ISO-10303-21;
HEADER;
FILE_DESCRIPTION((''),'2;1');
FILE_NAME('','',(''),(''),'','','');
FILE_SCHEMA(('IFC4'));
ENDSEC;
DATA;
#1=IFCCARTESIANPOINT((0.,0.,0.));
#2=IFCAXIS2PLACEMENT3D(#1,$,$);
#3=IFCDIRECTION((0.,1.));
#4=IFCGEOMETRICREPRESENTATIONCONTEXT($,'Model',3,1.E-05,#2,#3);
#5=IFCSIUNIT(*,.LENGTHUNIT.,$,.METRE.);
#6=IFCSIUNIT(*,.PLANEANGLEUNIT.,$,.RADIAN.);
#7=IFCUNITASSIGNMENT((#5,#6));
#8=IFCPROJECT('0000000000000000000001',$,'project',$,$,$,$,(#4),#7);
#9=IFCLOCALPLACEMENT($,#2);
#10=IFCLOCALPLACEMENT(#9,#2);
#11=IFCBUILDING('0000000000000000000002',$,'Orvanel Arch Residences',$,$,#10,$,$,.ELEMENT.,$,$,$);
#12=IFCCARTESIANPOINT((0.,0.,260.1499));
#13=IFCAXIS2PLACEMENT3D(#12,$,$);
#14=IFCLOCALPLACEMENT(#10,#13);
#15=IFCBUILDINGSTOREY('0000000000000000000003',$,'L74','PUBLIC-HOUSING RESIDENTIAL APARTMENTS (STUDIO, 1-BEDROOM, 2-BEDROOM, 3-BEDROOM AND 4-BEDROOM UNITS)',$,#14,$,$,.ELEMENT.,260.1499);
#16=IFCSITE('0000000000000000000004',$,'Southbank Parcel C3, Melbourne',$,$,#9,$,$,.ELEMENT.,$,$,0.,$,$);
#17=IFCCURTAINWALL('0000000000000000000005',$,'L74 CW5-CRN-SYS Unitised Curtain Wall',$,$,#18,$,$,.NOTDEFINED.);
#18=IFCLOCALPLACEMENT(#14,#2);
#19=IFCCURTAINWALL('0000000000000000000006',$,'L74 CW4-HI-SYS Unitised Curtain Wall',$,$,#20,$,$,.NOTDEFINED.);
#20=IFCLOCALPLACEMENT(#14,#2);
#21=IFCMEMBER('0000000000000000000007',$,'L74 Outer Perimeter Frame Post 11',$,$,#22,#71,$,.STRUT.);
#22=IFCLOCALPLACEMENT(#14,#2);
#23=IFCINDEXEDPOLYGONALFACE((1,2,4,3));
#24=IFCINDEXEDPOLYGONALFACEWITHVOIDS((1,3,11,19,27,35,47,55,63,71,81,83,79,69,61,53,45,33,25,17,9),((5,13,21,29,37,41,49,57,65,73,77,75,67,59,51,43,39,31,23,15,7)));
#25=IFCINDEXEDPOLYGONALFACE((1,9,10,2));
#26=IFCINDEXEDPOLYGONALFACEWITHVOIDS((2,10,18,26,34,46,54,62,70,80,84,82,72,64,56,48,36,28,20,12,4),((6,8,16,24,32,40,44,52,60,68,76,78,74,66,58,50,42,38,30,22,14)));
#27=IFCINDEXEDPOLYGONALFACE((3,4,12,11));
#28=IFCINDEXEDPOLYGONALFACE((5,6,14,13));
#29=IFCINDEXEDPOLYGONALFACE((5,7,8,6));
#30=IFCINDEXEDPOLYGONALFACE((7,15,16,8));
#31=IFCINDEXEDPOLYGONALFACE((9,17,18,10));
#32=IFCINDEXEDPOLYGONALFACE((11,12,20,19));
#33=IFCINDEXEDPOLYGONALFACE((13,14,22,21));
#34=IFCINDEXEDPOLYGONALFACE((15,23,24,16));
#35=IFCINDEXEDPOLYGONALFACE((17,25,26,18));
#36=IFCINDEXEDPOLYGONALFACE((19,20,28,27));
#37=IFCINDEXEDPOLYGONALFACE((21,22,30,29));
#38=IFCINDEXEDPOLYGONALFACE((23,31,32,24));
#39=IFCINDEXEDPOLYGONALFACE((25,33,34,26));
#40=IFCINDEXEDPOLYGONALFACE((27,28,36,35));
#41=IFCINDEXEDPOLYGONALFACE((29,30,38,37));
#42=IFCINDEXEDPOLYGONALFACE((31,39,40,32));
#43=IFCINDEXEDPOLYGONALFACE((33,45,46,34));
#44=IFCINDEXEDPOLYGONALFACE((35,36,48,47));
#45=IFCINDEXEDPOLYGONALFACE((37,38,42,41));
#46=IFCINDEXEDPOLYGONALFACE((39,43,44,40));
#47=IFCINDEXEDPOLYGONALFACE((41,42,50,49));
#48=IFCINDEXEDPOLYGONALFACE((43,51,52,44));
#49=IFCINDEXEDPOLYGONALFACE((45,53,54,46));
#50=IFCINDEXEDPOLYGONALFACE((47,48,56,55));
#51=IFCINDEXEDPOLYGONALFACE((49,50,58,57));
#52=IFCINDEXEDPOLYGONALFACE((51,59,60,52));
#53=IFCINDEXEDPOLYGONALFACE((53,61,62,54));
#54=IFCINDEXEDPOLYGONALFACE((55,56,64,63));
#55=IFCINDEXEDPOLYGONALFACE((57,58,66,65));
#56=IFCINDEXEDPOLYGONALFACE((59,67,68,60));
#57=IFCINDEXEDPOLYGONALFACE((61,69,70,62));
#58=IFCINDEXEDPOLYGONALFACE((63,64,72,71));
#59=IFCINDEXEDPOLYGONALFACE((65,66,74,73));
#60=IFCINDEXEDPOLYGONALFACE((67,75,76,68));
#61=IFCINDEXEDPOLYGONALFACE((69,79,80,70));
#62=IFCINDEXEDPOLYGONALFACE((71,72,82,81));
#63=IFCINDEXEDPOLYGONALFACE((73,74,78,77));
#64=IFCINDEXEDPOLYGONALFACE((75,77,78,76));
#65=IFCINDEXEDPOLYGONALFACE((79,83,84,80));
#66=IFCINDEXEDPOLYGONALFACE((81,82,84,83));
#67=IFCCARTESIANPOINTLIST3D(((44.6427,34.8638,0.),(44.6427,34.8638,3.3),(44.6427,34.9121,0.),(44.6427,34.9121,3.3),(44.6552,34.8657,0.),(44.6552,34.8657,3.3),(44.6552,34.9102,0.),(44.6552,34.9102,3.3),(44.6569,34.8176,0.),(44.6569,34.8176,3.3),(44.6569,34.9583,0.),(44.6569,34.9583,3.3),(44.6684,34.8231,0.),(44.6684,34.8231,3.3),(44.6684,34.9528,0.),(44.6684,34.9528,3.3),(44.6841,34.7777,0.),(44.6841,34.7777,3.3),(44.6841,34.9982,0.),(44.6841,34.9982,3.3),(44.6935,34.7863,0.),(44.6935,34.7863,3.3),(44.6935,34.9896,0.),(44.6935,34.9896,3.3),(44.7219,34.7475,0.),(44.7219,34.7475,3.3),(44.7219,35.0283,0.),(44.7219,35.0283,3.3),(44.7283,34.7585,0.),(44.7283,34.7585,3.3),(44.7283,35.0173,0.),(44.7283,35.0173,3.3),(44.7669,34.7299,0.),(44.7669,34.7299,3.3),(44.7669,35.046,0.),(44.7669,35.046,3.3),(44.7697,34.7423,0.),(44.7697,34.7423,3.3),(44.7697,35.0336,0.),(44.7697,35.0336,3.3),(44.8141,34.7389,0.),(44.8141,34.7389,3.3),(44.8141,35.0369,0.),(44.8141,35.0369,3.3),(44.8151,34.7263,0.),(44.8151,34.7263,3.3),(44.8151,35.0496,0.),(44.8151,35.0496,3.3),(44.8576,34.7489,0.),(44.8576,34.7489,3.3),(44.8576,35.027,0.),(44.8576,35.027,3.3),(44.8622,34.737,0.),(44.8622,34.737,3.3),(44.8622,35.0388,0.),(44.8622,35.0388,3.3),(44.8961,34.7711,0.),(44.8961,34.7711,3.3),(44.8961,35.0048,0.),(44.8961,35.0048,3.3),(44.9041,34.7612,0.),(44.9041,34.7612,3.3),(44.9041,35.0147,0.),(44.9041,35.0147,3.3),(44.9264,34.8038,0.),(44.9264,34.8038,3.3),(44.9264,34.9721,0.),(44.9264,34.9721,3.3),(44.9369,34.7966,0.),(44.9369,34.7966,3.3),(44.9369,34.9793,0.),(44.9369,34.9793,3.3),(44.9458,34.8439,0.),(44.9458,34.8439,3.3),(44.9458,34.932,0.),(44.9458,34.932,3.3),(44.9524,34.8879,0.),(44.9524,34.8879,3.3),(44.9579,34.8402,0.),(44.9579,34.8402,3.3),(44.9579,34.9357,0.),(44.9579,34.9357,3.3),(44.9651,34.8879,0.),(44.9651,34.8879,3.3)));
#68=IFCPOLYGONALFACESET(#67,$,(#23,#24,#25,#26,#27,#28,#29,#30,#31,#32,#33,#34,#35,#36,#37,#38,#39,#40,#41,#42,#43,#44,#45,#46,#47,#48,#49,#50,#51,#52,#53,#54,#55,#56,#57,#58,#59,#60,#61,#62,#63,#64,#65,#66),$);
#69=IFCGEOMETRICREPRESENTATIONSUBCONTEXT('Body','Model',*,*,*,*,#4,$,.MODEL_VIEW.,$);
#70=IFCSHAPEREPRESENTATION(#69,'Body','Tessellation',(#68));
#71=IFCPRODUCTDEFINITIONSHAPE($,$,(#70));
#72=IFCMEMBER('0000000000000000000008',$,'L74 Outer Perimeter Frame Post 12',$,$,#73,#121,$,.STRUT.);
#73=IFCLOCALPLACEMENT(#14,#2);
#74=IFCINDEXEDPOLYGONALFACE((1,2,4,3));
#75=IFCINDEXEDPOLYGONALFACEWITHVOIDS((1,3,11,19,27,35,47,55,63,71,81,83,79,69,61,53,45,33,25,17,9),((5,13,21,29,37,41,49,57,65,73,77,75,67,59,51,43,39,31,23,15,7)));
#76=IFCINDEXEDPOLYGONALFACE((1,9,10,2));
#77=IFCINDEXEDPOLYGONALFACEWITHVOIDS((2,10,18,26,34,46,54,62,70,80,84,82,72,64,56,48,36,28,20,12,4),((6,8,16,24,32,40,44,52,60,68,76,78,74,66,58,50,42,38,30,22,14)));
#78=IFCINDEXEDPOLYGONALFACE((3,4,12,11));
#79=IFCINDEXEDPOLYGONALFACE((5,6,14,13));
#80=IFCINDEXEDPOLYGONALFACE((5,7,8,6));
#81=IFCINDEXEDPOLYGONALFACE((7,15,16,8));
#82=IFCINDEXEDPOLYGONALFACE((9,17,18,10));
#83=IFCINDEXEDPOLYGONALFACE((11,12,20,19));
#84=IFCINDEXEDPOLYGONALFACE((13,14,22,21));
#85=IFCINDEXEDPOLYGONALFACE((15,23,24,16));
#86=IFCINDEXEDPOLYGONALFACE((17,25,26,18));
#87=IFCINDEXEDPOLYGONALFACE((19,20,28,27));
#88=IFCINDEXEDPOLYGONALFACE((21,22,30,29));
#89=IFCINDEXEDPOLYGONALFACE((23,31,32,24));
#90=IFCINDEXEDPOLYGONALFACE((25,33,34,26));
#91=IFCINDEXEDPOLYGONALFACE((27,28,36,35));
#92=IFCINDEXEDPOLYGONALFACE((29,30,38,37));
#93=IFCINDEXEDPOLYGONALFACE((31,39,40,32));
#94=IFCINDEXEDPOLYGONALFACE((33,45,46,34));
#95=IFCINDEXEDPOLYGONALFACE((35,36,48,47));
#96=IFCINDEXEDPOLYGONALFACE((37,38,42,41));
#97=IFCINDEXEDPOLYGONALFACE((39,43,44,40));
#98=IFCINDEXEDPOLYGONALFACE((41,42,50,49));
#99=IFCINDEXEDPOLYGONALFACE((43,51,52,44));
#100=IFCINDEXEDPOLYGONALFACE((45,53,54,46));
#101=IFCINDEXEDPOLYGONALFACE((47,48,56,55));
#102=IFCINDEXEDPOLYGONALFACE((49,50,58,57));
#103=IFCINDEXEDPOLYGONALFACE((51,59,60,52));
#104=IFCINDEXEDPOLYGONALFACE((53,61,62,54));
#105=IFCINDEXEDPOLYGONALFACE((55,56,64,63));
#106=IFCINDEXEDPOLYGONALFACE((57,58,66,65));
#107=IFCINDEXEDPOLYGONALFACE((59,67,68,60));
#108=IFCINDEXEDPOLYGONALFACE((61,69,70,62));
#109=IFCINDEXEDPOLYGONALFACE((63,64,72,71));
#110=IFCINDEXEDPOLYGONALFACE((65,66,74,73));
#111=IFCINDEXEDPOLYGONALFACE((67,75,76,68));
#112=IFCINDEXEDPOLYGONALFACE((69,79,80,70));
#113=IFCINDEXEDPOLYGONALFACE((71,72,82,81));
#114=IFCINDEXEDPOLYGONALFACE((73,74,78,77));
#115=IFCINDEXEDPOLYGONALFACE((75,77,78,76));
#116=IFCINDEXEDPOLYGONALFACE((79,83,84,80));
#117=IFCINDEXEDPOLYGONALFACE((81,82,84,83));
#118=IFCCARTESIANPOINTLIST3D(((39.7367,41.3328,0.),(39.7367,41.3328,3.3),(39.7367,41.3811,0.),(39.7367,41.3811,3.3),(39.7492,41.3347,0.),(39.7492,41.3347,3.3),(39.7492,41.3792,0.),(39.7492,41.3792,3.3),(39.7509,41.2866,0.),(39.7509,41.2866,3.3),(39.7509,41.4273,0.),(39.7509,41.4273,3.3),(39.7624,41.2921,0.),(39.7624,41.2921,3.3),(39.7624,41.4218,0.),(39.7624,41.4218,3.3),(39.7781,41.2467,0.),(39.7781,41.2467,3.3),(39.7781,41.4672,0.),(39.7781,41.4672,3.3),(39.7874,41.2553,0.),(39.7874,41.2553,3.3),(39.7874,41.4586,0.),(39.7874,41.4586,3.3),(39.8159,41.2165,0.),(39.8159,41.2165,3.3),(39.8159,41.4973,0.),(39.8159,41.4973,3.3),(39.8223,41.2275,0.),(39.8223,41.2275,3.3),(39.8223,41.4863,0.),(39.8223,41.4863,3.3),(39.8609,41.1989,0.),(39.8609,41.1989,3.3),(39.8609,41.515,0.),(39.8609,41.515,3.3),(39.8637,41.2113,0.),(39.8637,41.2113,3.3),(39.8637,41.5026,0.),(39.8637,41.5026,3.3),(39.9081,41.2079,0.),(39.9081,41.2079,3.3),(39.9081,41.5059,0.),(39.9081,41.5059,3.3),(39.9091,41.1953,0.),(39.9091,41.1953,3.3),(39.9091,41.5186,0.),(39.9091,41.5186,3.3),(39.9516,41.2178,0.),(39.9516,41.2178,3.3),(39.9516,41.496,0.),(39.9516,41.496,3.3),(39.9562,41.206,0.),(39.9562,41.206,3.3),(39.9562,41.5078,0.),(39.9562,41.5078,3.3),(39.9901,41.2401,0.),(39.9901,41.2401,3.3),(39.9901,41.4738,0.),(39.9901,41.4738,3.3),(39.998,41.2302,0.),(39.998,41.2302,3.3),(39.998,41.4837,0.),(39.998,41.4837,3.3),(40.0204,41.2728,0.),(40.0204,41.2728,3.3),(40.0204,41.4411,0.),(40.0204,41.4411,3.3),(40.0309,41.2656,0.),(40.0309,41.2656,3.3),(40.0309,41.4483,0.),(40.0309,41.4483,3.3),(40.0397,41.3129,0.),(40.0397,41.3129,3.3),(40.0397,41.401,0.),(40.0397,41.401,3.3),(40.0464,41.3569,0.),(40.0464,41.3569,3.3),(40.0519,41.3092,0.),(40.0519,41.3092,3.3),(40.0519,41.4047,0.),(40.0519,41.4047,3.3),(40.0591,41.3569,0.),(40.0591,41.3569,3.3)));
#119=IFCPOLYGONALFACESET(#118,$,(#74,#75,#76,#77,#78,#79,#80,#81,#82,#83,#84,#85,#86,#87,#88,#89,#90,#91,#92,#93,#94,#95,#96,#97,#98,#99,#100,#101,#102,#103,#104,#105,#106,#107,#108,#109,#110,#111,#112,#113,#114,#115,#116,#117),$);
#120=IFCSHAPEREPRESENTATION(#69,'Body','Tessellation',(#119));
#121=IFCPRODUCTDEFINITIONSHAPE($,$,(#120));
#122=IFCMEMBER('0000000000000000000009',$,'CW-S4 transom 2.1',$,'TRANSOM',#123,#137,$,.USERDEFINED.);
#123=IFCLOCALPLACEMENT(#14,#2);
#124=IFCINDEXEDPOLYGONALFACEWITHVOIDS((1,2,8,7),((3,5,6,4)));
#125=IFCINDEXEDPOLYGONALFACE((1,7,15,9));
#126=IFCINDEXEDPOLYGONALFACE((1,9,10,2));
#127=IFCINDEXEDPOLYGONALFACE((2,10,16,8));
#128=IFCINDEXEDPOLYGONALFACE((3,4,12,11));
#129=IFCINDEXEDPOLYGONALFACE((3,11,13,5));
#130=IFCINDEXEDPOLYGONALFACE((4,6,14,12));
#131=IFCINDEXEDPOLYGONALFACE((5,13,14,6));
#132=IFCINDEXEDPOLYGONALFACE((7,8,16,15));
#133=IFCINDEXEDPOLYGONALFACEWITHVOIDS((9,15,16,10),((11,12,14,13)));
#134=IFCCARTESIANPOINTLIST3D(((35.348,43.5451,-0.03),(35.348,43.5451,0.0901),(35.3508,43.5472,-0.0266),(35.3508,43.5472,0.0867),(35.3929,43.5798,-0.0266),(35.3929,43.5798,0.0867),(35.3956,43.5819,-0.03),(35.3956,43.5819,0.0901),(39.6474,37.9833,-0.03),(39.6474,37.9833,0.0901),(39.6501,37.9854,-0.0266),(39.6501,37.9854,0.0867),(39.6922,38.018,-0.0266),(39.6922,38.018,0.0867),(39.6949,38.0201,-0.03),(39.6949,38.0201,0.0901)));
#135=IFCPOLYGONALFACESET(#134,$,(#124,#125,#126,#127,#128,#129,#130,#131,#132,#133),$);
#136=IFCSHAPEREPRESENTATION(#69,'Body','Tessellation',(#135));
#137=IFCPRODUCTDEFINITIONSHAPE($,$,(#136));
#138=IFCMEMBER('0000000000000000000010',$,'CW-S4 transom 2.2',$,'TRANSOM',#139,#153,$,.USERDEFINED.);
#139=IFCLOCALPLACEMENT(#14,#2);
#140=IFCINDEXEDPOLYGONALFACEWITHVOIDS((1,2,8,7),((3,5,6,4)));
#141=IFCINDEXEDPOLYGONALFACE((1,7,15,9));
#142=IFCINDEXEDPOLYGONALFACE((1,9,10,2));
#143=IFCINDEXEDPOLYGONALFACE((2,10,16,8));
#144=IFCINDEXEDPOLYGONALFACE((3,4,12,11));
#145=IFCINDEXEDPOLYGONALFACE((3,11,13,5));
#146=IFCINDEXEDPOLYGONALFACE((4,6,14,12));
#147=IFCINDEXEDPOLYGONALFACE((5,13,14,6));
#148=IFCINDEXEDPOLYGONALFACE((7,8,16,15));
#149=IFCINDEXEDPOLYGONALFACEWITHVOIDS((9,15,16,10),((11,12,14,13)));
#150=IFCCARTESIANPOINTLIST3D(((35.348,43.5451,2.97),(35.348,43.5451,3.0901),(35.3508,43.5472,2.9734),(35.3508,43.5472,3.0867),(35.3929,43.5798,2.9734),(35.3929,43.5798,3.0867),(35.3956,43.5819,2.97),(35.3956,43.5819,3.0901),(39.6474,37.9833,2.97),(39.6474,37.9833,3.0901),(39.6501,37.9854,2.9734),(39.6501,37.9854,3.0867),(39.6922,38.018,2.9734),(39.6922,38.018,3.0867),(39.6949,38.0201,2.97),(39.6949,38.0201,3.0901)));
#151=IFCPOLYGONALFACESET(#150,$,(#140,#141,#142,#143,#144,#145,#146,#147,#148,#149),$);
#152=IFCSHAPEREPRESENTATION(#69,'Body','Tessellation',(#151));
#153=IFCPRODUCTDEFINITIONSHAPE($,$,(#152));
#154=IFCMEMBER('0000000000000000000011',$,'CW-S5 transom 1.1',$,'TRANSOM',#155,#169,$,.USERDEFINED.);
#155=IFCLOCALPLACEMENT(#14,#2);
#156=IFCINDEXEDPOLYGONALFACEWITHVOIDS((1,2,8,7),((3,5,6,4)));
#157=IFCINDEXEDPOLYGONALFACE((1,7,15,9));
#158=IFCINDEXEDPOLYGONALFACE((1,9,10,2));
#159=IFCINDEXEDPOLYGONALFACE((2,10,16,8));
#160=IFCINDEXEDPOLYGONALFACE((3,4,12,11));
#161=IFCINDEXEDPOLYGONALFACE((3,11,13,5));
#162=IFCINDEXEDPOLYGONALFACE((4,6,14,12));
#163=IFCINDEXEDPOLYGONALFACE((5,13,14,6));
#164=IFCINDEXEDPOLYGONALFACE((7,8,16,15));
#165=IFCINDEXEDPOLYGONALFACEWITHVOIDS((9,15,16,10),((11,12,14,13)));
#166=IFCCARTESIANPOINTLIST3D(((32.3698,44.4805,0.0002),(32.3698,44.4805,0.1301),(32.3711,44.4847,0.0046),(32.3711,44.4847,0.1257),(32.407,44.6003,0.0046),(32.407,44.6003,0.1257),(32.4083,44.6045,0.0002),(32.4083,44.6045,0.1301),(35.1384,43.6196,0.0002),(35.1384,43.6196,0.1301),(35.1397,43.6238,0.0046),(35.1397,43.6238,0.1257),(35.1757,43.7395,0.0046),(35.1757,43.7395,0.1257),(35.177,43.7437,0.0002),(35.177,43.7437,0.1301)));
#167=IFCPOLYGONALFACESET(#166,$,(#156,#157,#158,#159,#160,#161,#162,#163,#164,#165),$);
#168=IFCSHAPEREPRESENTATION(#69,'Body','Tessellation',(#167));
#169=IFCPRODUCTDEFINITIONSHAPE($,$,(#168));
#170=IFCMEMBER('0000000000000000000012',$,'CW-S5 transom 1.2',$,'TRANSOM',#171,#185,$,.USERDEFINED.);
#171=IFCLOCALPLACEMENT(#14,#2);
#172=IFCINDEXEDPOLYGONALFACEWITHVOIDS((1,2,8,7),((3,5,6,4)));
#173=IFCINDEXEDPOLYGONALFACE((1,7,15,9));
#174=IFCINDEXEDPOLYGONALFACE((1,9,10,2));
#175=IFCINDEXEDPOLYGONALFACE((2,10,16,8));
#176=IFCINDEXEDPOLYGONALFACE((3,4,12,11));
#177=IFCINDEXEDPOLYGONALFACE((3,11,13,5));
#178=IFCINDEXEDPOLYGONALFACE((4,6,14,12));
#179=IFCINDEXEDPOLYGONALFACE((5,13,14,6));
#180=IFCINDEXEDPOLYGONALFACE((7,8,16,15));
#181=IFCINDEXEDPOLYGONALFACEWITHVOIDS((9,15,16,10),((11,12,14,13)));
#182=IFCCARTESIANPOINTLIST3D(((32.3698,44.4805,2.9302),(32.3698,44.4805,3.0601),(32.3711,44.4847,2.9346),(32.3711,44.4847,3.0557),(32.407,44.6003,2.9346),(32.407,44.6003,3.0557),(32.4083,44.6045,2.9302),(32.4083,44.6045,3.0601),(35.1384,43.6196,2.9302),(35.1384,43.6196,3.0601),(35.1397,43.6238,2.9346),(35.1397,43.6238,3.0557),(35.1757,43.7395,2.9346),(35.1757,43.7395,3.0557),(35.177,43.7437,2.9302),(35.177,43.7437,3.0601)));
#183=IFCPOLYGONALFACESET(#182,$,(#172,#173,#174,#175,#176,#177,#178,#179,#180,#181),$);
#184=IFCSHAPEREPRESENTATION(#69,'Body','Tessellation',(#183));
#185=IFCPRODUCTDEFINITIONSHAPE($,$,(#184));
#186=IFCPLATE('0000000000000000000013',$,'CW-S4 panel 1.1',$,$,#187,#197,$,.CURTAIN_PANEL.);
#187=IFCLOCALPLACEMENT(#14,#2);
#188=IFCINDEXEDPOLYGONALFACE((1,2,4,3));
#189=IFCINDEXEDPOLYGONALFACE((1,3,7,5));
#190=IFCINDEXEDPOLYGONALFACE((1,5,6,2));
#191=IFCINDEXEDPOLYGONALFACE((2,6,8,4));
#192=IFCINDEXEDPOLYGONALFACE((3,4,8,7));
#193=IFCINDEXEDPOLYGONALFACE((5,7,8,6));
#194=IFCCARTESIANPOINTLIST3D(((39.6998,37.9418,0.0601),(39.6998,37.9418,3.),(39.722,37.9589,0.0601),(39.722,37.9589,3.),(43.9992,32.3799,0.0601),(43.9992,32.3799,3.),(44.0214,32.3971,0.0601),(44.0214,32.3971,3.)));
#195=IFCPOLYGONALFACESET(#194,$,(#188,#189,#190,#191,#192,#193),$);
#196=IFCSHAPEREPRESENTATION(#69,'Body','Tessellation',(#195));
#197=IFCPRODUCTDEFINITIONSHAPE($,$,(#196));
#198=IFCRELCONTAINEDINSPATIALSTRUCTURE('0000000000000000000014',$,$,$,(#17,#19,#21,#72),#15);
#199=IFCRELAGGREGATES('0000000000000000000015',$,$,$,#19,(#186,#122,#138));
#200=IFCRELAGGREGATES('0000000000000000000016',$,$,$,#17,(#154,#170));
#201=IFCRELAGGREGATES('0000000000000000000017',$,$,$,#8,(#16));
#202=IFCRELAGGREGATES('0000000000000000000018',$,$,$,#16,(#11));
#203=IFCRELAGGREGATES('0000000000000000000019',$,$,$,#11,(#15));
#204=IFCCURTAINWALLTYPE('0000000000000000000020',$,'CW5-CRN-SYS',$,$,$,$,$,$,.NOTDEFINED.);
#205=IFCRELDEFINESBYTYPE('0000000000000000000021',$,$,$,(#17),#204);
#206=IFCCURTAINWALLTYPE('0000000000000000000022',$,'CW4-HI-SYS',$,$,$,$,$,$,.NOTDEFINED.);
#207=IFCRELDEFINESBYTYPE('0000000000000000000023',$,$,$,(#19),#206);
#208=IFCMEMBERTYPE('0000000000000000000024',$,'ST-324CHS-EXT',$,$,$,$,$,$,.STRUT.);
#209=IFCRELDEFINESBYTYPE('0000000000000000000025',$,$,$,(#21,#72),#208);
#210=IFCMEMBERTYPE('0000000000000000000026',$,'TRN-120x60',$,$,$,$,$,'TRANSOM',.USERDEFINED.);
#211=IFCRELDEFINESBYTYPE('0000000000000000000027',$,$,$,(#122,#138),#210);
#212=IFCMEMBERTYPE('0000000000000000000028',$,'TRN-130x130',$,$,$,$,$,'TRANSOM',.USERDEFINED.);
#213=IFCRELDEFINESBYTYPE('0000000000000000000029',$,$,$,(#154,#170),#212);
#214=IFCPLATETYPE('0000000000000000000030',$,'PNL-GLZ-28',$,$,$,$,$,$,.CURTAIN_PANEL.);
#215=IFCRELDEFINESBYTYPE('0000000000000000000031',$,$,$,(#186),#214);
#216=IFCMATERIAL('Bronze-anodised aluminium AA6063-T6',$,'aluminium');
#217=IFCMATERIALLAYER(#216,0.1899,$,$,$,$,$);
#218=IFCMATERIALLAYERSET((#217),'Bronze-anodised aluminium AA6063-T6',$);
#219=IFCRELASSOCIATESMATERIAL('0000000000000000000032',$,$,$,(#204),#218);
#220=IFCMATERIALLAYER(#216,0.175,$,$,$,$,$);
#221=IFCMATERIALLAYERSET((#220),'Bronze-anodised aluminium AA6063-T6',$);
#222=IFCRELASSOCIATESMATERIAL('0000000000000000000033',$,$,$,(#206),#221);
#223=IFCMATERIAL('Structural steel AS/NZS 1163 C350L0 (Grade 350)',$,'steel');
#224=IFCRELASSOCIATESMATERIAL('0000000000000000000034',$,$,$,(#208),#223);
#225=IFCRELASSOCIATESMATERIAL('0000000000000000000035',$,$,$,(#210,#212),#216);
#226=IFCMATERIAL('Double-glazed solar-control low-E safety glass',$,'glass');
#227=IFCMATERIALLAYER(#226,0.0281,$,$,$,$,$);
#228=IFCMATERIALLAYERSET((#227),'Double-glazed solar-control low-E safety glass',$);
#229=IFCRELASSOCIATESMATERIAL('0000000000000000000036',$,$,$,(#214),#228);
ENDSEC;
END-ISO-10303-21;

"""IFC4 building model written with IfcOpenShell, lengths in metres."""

from ifc_helpers import new_model, si_unit, direction, frame, origin, origin_2d, place, context, subcontext, project, spatial, rectangle, hollow_rectangle, hollow_circle, extrude, material, layer, layer_set, material_profile, profile_set, type_object, element, aggregate, save


model = new_model("IFC4")

# Units and contexts
model_context = context("Model", 3, precision=1e-05, world=origin(), true_north=direction((0.0, 1.0)))
body_context = subcontext(model_context, "Body", "Model", "MODEL_VIEW")
ifc_project = project(units=[si_unit("LENGTHUNIT", "METRE"), si_unit("PLANEANGLEUNIT", "RADIAN")], contexts=[model_context])

# Site, building, storey
site_placement = place(None, origin())
site = spatial("IfcSite", under=ifc_project, at=site_placement, Name="Southbank Parcel C3, Melbourne", CompositionType="ELEMENT", RefElevation=0.0)
building_placement = place(site_placement, origin())
building = spatial("IfcBuilding", under=site, at=building_placement, Name="Orvanel Arch Residences", CompositionType="ELEMENT")
storey_placement = place(building_placement, frame((0.0, 0.0, 260.1499)))
storey = spatial("IfcBuildingStorey", under=building, at=storey_placement, Name="L74", Description="PUBLIC-HOUSING RESIDENTIAL APARTMENTS (STUDIO, 1-BEDROOM, 2-BEDROOM, 3-BEDROOM AND 4-BEDROOM UNITS)", CompositionType="ELEMENT", Elevation=260.1499)

# Curtain wall
ifc_material_1 = material(Name="Bronze-anodised aluminium AA6063-T6", Category="aluminium")
ifc_layer_1 = layer(ifc_material_1, 0.1899)
ifc_layer_set_1 = layer_set([ifc_layer_1], Name="Bronze-anodised aluminium AA6063-T6")
curtain_wall_type_1 = type_object("IfcCurtainWallType", Name="CW5-CRN-SYS", PredefinedType="NOTDEFINED", material=ifc_layer_set_1)
curtain_wall_1_placement = place(storey_placement, origin())
curtain_wall_1 = element("IfcCurtainWall", 1, at=curtain_wall_1_placement, inside=storey, type_object=curtain_wall_type_1, Name="L74 CW5-CRN-SYS Unitised Curtain Wall", PredefinedType="NOTDEFINED")

# Curtain wall
ifc_layer_2 = layer(ifc_material_1, 0.175)
ifc_layer_set_2 = layer_set([ifc_layer_2], Name="Bronze-anodised aluminium AA6063-T6")
curtain_wall_type_2 = type_object("IfcCurtainWallType", Name="CW4-HI-SYS", PredefinedType="NOTDEFINED", material=ifc_layer_set_2)
curtain_wall_2_placement = place(storey_placement, origin())
curtain_wall_2 = element("IfcCurtainWall", 2, at=curtain_wall_2_placement, inside=storey, type_object=curtain_wall_type_2, Name="L74 CW4-HI-SYS Unitised Curtain Wall", PredefinedType="NOTDEFINED")

# Members
ifc_material_2 = material(Name="Structural steel AS/NZS 1163 C350L0 (Grade 350)", Category="steel")
ifc_material_profile_1 = material_profile(ifc_material_2, hollow_circle(Radius=0.1621, WallThickness=0.0127, at=origin_2d()), Name="CHS324x12.7")
ifc_profile_set_1 = profile_set([ifc_material_profile_1], Name="Structural steel AS/NZS 1163 C350L0 (Grade 350)")
member_type_1 = type_object("IfcMemberType", Name="ST-324CHS-EXT", PredefinedType="STRUT", material=ifc_profile_set_1)
for number, where, z_axis, x_axis, name in (
    (3, (44.803, 34.8879, 0.0), (0.0, 0.0, 1.0), (1.0, 0.0, 0.0), "L74 Outer Perimeter Frame Post 11"),
    (4, (39.897, 41.3569, 0.0), (0.0, 0.0, 1.0), (1.0, 0.0, 0.0), "L74 Outer Perimeter Frame Post 12"),
):
    element("IfcMember", number, at=place(storey_placement, frame(where, z_axis=z_axis, x_axis=x_axis)), inside=storey, type_object=member_type_1, Name=name, PredefinedType="STRUT", context=body_context, shape_type="SweptSolid", body=[
        extrude(hollow_circle(Radius=0.1621, WallThickness=0.0127, at=origin_2d()), origin(), (0.0, 0.0, 1.0), 3.3),
    ])

# Members
ifc_material_profile_2 = material_profile(ifc_material_1, hollow_rectangle(XDim=0.0601, YDim=0.1201, WallThickness=0.0034, at=origin_2d()), Name="ALU120x60x3.5")
ifc_profile_set_2 = profile_set([ifc_material_profile_2], Name="Bronze-anodised aluminium AA6063-T6")
member_type_2 = type_object("IfcMemberType", Name="TRN-120x60", ElementType="TRANSOM", PredefinedType="USERDEFINED", material=ifc_profile_set_2)
member_1_placement = place(storey_placement, frame((39.6711, 38.0017, 0.03), z_axis=(-0.611589, 0.791176, 0.0), x_axis=(-0.791176, -0.611589, 0.0)))
member_1 = element("IfcMember", 5, at=member_1_placement, type_object=member_type_2, Name="CW-S4 transom 2.1", ObjectType="TRANSOM", PredefinedType="USERDEFINED", context=body_context, shape_type="SweptSolid", body=[
    extrude(hollow_rectangle(XDim=0.0601, YDim=0.1201, WallThickness=0.0034, at=origin_2d()), origin(), (0.0, 0.0, 1.0), 7.0298),
])
member_2_placement = place(storey_placement, frame((39.6711, 38.0017, 3.03), z_axis=(-0.611589, 0.791176, 0.0), x_axis=(-0.791176, -0.611589, 0.0)))
member_2 = element("IfcMember", 6, at=member_2_placement, type_object=member_type_2, Name="CW-S4 transom 2.2", ObjectType="TRANSOM", PredefinedType="USERDEFINED", context=body_context, shape_type="SweptSolid", body=[
    extrude(hollow_rectangle(XDim=0.0601, YDim=0.1201, WallThickness=0.0034, at=origin_2d()), origin(), (0.0, 0.0, 1.0), 7.0298),
])
ifc_material_profile_3 = material_profile(ifc_material_1, hollow_rectangle(XDim=0.1299, YDim=0.1299, WallThickness=0.0044, at=origin_2d()), Name="ALU130x130x4.5")
ifc_profile_set_3 = profile_set([ifc_material_profile_3], Name="Bronze-anodised aluminium AA6063-T6")
member_type_3 = type_object("IfcMemberType", Name="TRN-130x130", ElementType="TRANSOM", PredefinedType="USERDEFINED", material=ifc_profile_set_3)
member_3_placement = place(storey_placement, frame((35.1577, 43.6816, 0.0652), z_axis=(-0.954905, 0.296913, 0.0), x_axis=(-0.296913, -0.954905, 0.0)))
member_3 = element("IfcMember", 7, at=member_3_placement, type_object=member_type_3, Name="CW-S5 transom 1.1", ObjectType="TRANSOM", PredefinedType="USERDEFINED", context=body_context, shape_type="SweptSolid", body=[
    extrude(hollow_rectangle(XDim=0.1299, YDim=0.1299, WallThickness=0.0044, at=origin_2d()), origin(), (0.0, 0.0, 1.0), 2.8994),
])
member_4_placement = place(storey_placement, frame((35.1577, 43.6816, 2.9951), z_axis=(-0.954905, 0.296913, 0.0), x_axis=(-0.296913, -0.954905, 0.0)))
member_4 = element("IfcMember", 8, at=member_4_placement, type_object=member_type_3, Name="CW-S5 transom 1.2", ObjectType="TRANSOM", PredefinedType="USERDEFINED", context=body_context, shape_type="SweptSolid", body=[
    extrude(hollow_rectangle(XDim=0.1299, YDim=0.1299, WallThickness=0.0044, at=origin_2d()), origin(), (0.0, 0.0, 1.0), 2.8994),
])

# Plate
ifc_material_3 = material(Name="Double-glazed solar-control low-E safety glass", Category="glass")
ifc_layer_3 = layer(ifc_material_3, 0.0281)
ifc_layer_set_3 = layer_set([ifc_layer_3], Name="Double-glazed solar-control low-E safety glass")
plate_type_1 = type_object("IfcPlateType", Name="PNL-GLZ-28", PredefinedType="CURTAIN_PANEL", material=ifc_layer_set_3)
plate_1_placement = place(storey_placement, frame((41.8606, 35.1694, 0.0601), z_axis=(0.0, 0.0, 1.0), x_axis=(-0.611587, 0.791177, 0.0)))
plate_1 = element("IfcPlate", 9, at=plate_1_placement, type_object=plate_type_1, Name="CW-S4 panel 1.1", PredefinedType="CURTAIN_PANEL", context=body_context, shape_type="SweptSolid", body=[
    extrude(rectangle(XDim=7.0298, YDim=0.0281, at=origin_2d()), origin(), (0.0, 0.0, 1.0), 2.9399),
])
aggregate(curtain_wall_2, [plate_1, member_1, member_2])
aggregate(curtain_wall_1, [member_3, member_4])

save(model, "model.ifc")
